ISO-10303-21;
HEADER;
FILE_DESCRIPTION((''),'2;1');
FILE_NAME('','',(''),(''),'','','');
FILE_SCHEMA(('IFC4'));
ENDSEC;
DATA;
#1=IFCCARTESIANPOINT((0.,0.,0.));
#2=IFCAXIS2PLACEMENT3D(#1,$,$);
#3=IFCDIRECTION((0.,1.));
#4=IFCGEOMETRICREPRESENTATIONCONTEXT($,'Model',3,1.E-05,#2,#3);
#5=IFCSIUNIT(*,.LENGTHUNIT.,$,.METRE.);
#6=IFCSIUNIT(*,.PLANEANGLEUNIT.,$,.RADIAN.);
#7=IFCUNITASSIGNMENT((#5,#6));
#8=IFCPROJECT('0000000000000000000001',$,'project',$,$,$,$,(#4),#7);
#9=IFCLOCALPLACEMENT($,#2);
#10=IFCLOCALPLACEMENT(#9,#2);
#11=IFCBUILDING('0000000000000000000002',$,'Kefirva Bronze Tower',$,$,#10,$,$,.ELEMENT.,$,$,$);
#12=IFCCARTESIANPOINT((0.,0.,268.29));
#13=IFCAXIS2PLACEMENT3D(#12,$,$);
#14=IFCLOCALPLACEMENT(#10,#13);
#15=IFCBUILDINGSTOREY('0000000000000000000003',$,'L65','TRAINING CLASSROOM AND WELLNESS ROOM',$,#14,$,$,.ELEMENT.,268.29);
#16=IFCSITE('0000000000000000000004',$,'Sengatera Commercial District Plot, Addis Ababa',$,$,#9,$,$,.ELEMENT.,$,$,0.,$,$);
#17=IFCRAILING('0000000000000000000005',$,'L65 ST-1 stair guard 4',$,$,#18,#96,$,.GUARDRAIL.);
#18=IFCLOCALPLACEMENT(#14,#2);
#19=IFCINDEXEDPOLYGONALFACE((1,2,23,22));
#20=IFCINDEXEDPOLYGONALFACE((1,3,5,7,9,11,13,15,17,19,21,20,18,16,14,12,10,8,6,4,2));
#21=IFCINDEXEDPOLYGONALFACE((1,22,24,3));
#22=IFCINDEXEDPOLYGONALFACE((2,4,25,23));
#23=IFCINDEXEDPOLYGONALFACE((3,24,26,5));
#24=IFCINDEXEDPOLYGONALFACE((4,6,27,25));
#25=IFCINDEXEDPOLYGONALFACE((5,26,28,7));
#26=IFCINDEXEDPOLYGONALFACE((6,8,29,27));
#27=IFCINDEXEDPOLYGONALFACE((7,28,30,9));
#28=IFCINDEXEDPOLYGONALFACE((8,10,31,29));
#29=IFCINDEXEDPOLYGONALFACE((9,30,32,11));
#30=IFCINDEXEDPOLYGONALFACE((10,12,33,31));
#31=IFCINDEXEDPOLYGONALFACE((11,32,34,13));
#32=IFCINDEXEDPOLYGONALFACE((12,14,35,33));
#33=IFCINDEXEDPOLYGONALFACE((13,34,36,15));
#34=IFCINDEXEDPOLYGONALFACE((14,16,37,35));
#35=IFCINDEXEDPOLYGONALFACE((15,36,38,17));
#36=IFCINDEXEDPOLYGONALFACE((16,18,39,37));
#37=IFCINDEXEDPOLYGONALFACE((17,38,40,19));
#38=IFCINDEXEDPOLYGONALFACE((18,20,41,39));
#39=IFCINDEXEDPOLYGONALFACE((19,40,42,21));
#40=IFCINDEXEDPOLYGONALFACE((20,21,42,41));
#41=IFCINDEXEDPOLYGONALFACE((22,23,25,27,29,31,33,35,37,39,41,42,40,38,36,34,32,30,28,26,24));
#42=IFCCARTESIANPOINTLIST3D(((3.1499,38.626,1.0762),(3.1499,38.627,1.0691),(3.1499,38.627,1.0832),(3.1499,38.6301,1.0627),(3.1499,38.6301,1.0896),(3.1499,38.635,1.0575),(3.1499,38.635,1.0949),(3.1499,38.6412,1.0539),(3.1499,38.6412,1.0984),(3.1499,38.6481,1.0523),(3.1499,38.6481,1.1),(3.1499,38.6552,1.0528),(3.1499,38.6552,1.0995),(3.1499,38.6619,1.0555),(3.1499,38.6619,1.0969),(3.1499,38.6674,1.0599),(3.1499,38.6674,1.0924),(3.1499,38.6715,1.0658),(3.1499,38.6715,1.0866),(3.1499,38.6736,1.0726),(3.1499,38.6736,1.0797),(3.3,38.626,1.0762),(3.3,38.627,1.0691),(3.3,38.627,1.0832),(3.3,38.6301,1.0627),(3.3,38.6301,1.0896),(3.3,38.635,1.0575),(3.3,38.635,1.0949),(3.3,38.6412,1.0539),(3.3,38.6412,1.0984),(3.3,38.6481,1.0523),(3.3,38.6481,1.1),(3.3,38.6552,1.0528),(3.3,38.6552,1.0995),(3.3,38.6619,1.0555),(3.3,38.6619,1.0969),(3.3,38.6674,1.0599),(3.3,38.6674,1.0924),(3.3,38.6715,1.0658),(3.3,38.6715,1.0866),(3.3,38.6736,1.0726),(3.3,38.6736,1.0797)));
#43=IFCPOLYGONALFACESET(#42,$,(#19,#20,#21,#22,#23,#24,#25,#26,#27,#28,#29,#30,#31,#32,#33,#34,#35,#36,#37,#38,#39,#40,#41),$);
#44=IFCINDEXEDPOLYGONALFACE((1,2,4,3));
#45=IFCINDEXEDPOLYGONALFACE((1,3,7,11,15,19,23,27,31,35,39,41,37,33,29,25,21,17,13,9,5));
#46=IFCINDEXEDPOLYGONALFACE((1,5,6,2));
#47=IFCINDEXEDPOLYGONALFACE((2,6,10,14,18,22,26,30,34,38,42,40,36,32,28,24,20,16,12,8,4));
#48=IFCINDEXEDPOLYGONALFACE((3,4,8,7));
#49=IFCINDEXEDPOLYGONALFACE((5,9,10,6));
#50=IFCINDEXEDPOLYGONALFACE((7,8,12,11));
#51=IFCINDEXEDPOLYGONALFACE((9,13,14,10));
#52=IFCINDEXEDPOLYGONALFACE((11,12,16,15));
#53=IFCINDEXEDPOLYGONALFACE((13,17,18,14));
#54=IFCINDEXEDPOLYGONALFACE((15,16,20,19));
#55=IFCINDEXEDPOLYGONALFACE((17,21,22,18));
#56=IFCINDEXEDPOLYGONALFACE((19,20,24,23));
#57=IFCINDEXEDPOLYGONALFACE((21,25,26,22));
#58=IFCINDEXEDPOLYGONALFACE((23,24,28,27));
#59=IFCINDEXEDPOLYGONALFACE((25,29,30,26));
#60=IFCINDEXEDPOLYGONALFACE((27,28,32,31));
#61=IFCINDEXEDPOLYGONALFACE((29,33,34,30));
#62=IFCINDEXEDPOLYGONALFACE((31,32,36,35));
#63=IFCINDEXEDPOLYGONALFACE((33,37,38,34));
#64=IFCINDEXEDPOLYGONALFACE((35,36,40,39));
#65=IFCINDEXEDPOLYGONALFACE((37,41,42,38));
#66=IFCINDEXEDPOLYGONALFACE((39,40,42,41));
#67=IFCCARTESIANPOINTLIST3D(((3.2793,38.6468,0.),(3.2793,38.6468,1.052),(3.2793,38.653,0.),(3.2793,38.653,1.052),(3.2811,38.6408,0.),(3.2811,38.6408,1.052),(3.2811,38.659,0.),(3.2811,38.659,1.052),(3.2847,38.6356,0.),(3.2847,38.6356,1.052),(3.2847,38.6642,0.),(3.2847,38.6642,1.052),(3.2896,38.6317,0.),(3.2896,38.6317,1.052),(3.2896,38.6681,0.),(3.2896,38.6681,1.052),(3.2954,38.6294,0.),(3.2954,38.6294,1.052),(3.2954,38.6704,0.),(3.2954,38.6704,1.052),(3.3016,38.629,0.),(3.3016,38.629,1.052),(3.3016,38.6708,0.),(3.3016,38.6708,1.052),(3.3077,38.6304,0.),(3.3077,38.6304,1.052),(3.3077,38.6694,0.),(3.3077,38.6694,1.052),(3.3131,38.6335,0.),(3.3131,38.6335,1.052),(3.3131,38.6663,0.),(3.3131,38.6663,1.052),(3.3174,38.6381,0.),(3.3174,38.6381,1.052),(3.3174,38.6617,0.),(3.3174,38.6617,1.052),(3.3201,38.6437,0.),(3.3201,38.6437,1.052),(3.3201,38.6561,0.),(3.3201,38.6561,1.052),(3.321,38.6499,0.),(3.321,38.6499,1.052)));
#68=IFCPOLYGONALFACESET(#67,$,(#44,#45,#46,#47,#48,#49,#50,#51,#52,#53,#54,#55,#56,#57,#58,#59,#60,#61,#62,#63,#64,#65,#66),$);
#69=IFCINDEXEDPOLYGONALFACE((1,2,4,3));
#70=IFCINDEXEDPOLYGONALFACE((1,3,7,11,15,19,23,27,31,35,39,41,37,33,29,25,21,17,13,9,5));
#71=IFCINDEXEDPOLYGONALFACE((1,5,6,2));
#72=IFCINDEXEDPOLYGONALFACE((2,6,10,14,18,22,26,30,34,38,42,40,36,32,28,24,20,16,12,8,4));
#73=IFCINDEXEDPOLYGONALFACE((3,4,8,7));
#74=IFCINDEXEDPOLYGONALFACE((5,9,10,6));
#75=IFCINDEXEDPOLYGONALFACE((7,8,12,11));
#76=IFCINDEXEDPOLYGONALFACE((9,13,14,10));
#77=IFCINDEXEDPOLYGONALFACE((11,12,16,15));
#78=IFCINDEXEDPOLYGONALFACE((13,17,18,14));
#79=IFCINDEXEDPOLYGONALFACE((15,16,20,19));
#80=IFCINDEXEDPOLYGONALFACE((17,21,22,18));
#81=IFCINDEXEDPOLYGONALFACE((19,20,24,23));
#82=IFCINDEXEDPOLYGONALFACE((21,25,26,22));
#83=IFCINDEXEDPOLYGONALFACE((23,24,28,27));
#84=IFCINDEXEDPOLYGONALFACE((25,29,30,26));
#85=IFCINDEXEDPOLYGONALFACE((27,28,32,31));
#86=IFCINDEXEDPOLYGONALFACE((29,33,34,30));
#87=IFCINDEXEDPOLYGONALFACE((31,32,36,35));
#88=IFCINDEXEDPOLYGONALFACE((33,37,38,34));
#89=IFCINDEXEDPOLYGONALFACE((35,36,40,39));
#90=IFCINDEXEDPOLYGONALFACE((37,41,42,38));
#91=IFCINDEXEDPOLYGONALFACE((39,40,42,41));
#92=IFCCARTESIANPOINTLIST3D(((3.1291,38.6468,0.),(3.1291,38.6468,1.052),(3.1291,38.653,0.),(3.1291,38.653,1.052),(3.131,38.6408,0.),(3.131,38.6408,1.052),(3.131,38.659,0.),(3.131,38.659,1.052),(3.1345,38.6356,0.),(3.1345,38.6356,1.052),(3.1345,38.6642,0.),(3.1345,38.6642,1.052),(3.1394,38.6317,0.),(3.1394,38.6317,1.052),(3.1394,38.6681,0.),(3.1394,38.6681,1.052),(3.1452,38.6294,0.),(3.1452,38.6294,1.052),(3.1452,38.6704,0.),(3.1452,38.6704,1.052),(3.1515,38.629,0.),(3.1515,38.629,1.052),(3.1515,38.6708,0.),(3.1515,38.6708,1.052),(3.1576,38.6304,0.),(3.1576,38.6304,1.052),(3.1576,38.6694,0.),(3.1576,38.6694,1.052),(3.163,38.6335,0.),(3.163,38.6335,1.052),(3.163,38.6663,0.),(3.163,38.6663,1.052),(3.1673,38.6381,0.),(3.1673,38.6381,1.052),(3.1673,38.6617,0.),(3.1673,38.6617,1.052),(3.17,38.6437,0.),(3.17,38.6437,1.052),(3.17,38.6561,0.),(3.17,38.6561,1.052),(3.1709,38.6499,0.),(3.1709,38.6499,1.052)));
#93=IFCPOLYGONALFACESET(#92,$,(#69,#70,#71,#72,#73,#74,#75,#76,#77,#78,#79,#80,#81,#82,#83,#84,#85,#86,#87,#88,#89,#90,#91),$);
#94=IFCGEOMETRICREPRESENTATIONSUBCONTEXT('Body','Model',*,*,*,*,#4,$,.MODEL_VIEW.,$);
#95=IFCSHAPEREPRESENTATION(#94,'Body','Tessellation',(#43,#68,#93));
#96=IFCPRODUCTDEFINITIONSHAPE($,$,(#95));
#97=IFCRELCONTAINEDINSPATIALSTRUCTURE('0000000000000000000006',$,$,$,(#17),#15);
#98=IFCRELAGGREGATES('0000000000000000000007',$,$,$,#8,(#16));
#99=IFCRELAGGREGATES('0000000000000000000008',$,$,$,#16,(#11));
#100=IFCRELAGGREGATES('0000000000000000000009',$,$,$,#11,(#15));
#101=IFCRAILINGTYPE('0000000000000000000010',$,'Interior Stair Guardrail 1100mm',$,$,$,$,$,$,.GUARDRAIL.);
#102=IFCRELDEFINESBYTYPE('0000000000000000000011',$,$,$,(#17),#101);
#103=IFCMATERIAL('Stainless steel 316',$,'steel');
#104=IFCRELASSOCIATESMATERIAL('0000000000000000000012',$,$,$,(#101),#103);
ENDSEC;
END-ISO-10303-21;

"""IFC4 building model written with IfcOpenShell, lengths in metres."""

from ifc_helpers import new_model, si_unit, direction, frame, origin, origin_2d, place, context, subcontext, project, spatial, circle, extrude, material, type_object, element, save


model = new_model("IFC4")

# Units and contexts
model_context = context("Model", 3, precision=1e-05, world=origin(), true_north=direction((0.0, 1.0)))
body_context = subcontext(model_context, "Body", "Model", "MODEL_VIEW")
ifc_project = project(units=[si_unit("LENGTHUNIT", "METRE"), si_unit("PLANEANGLEUNIT", "RADIAN")], contexts=[model_context])

# Site, building, storey
site_placement = place(None, origin())
site = spatial("IfcSite", under=ifc_project, at=site_placement, Name="Sengatera Commercial District Plot, Addis Ababa", CompositionType="ELEMENT", RefElevation=0.0)
building_placement = place(site_placement, origin())
building = spatial("IfcBuilding", under=site, at=building_placement, Name="Kefirva Bronze Tower", CompositionType="ELEMENT")
storey_placement = place(building_placement, frame((0.0, 0.0, 268.29)))
storey = spatial("IfcBuildingStorey", under=building, at=storey_placement, Name="L65", Description="TRAINING CLASSROOM AND WELLNESS ROOM", CompositionType="ELEMENT", Elevation=268.29)

# Railing
ifc_material_1 = material(Name="Stainless steel 316", Category="steel")
railing_type_1 = type_object("IfcRailingType", Name="Interior Stair Guardrail 1100mm", PredefinedType="GUARDRAIL", material=ifc_material_1)
railing_1_placement = place(storey_placement, frame((3.3, 38.6499, 0.0)))
element("IfcRailing", 1, at=railing_1_placement, inside=storey, type_object=railing_type_1, Name="L65 ST-1 stair guard 4", PredefinedType="GUARDRAIL", context=body_context, shape_type="SweptSolid", body=[
    extrude(circle(Radius=0.0239, at=origin_2d()), frame((0.0, 0.0, 1.0762), z_axis=(-1.0, 0.0, 0.0), x_axis=(0.0, -1.0, 0.0)), (0.0, 0.0, 1.0), 0.1501),
    extrude(circle(Radius=0.021, at=origin_2d()), origin(), (0.0, 0.0, 1.0), 1.052),
    extrude(circle(Radius=0.021, at=origin_2d()), frame((-0.1501, 0.0, 0.0)), (0.0, 0.0, 1.0), 1.052),
])

save(model, "model.ifc")
